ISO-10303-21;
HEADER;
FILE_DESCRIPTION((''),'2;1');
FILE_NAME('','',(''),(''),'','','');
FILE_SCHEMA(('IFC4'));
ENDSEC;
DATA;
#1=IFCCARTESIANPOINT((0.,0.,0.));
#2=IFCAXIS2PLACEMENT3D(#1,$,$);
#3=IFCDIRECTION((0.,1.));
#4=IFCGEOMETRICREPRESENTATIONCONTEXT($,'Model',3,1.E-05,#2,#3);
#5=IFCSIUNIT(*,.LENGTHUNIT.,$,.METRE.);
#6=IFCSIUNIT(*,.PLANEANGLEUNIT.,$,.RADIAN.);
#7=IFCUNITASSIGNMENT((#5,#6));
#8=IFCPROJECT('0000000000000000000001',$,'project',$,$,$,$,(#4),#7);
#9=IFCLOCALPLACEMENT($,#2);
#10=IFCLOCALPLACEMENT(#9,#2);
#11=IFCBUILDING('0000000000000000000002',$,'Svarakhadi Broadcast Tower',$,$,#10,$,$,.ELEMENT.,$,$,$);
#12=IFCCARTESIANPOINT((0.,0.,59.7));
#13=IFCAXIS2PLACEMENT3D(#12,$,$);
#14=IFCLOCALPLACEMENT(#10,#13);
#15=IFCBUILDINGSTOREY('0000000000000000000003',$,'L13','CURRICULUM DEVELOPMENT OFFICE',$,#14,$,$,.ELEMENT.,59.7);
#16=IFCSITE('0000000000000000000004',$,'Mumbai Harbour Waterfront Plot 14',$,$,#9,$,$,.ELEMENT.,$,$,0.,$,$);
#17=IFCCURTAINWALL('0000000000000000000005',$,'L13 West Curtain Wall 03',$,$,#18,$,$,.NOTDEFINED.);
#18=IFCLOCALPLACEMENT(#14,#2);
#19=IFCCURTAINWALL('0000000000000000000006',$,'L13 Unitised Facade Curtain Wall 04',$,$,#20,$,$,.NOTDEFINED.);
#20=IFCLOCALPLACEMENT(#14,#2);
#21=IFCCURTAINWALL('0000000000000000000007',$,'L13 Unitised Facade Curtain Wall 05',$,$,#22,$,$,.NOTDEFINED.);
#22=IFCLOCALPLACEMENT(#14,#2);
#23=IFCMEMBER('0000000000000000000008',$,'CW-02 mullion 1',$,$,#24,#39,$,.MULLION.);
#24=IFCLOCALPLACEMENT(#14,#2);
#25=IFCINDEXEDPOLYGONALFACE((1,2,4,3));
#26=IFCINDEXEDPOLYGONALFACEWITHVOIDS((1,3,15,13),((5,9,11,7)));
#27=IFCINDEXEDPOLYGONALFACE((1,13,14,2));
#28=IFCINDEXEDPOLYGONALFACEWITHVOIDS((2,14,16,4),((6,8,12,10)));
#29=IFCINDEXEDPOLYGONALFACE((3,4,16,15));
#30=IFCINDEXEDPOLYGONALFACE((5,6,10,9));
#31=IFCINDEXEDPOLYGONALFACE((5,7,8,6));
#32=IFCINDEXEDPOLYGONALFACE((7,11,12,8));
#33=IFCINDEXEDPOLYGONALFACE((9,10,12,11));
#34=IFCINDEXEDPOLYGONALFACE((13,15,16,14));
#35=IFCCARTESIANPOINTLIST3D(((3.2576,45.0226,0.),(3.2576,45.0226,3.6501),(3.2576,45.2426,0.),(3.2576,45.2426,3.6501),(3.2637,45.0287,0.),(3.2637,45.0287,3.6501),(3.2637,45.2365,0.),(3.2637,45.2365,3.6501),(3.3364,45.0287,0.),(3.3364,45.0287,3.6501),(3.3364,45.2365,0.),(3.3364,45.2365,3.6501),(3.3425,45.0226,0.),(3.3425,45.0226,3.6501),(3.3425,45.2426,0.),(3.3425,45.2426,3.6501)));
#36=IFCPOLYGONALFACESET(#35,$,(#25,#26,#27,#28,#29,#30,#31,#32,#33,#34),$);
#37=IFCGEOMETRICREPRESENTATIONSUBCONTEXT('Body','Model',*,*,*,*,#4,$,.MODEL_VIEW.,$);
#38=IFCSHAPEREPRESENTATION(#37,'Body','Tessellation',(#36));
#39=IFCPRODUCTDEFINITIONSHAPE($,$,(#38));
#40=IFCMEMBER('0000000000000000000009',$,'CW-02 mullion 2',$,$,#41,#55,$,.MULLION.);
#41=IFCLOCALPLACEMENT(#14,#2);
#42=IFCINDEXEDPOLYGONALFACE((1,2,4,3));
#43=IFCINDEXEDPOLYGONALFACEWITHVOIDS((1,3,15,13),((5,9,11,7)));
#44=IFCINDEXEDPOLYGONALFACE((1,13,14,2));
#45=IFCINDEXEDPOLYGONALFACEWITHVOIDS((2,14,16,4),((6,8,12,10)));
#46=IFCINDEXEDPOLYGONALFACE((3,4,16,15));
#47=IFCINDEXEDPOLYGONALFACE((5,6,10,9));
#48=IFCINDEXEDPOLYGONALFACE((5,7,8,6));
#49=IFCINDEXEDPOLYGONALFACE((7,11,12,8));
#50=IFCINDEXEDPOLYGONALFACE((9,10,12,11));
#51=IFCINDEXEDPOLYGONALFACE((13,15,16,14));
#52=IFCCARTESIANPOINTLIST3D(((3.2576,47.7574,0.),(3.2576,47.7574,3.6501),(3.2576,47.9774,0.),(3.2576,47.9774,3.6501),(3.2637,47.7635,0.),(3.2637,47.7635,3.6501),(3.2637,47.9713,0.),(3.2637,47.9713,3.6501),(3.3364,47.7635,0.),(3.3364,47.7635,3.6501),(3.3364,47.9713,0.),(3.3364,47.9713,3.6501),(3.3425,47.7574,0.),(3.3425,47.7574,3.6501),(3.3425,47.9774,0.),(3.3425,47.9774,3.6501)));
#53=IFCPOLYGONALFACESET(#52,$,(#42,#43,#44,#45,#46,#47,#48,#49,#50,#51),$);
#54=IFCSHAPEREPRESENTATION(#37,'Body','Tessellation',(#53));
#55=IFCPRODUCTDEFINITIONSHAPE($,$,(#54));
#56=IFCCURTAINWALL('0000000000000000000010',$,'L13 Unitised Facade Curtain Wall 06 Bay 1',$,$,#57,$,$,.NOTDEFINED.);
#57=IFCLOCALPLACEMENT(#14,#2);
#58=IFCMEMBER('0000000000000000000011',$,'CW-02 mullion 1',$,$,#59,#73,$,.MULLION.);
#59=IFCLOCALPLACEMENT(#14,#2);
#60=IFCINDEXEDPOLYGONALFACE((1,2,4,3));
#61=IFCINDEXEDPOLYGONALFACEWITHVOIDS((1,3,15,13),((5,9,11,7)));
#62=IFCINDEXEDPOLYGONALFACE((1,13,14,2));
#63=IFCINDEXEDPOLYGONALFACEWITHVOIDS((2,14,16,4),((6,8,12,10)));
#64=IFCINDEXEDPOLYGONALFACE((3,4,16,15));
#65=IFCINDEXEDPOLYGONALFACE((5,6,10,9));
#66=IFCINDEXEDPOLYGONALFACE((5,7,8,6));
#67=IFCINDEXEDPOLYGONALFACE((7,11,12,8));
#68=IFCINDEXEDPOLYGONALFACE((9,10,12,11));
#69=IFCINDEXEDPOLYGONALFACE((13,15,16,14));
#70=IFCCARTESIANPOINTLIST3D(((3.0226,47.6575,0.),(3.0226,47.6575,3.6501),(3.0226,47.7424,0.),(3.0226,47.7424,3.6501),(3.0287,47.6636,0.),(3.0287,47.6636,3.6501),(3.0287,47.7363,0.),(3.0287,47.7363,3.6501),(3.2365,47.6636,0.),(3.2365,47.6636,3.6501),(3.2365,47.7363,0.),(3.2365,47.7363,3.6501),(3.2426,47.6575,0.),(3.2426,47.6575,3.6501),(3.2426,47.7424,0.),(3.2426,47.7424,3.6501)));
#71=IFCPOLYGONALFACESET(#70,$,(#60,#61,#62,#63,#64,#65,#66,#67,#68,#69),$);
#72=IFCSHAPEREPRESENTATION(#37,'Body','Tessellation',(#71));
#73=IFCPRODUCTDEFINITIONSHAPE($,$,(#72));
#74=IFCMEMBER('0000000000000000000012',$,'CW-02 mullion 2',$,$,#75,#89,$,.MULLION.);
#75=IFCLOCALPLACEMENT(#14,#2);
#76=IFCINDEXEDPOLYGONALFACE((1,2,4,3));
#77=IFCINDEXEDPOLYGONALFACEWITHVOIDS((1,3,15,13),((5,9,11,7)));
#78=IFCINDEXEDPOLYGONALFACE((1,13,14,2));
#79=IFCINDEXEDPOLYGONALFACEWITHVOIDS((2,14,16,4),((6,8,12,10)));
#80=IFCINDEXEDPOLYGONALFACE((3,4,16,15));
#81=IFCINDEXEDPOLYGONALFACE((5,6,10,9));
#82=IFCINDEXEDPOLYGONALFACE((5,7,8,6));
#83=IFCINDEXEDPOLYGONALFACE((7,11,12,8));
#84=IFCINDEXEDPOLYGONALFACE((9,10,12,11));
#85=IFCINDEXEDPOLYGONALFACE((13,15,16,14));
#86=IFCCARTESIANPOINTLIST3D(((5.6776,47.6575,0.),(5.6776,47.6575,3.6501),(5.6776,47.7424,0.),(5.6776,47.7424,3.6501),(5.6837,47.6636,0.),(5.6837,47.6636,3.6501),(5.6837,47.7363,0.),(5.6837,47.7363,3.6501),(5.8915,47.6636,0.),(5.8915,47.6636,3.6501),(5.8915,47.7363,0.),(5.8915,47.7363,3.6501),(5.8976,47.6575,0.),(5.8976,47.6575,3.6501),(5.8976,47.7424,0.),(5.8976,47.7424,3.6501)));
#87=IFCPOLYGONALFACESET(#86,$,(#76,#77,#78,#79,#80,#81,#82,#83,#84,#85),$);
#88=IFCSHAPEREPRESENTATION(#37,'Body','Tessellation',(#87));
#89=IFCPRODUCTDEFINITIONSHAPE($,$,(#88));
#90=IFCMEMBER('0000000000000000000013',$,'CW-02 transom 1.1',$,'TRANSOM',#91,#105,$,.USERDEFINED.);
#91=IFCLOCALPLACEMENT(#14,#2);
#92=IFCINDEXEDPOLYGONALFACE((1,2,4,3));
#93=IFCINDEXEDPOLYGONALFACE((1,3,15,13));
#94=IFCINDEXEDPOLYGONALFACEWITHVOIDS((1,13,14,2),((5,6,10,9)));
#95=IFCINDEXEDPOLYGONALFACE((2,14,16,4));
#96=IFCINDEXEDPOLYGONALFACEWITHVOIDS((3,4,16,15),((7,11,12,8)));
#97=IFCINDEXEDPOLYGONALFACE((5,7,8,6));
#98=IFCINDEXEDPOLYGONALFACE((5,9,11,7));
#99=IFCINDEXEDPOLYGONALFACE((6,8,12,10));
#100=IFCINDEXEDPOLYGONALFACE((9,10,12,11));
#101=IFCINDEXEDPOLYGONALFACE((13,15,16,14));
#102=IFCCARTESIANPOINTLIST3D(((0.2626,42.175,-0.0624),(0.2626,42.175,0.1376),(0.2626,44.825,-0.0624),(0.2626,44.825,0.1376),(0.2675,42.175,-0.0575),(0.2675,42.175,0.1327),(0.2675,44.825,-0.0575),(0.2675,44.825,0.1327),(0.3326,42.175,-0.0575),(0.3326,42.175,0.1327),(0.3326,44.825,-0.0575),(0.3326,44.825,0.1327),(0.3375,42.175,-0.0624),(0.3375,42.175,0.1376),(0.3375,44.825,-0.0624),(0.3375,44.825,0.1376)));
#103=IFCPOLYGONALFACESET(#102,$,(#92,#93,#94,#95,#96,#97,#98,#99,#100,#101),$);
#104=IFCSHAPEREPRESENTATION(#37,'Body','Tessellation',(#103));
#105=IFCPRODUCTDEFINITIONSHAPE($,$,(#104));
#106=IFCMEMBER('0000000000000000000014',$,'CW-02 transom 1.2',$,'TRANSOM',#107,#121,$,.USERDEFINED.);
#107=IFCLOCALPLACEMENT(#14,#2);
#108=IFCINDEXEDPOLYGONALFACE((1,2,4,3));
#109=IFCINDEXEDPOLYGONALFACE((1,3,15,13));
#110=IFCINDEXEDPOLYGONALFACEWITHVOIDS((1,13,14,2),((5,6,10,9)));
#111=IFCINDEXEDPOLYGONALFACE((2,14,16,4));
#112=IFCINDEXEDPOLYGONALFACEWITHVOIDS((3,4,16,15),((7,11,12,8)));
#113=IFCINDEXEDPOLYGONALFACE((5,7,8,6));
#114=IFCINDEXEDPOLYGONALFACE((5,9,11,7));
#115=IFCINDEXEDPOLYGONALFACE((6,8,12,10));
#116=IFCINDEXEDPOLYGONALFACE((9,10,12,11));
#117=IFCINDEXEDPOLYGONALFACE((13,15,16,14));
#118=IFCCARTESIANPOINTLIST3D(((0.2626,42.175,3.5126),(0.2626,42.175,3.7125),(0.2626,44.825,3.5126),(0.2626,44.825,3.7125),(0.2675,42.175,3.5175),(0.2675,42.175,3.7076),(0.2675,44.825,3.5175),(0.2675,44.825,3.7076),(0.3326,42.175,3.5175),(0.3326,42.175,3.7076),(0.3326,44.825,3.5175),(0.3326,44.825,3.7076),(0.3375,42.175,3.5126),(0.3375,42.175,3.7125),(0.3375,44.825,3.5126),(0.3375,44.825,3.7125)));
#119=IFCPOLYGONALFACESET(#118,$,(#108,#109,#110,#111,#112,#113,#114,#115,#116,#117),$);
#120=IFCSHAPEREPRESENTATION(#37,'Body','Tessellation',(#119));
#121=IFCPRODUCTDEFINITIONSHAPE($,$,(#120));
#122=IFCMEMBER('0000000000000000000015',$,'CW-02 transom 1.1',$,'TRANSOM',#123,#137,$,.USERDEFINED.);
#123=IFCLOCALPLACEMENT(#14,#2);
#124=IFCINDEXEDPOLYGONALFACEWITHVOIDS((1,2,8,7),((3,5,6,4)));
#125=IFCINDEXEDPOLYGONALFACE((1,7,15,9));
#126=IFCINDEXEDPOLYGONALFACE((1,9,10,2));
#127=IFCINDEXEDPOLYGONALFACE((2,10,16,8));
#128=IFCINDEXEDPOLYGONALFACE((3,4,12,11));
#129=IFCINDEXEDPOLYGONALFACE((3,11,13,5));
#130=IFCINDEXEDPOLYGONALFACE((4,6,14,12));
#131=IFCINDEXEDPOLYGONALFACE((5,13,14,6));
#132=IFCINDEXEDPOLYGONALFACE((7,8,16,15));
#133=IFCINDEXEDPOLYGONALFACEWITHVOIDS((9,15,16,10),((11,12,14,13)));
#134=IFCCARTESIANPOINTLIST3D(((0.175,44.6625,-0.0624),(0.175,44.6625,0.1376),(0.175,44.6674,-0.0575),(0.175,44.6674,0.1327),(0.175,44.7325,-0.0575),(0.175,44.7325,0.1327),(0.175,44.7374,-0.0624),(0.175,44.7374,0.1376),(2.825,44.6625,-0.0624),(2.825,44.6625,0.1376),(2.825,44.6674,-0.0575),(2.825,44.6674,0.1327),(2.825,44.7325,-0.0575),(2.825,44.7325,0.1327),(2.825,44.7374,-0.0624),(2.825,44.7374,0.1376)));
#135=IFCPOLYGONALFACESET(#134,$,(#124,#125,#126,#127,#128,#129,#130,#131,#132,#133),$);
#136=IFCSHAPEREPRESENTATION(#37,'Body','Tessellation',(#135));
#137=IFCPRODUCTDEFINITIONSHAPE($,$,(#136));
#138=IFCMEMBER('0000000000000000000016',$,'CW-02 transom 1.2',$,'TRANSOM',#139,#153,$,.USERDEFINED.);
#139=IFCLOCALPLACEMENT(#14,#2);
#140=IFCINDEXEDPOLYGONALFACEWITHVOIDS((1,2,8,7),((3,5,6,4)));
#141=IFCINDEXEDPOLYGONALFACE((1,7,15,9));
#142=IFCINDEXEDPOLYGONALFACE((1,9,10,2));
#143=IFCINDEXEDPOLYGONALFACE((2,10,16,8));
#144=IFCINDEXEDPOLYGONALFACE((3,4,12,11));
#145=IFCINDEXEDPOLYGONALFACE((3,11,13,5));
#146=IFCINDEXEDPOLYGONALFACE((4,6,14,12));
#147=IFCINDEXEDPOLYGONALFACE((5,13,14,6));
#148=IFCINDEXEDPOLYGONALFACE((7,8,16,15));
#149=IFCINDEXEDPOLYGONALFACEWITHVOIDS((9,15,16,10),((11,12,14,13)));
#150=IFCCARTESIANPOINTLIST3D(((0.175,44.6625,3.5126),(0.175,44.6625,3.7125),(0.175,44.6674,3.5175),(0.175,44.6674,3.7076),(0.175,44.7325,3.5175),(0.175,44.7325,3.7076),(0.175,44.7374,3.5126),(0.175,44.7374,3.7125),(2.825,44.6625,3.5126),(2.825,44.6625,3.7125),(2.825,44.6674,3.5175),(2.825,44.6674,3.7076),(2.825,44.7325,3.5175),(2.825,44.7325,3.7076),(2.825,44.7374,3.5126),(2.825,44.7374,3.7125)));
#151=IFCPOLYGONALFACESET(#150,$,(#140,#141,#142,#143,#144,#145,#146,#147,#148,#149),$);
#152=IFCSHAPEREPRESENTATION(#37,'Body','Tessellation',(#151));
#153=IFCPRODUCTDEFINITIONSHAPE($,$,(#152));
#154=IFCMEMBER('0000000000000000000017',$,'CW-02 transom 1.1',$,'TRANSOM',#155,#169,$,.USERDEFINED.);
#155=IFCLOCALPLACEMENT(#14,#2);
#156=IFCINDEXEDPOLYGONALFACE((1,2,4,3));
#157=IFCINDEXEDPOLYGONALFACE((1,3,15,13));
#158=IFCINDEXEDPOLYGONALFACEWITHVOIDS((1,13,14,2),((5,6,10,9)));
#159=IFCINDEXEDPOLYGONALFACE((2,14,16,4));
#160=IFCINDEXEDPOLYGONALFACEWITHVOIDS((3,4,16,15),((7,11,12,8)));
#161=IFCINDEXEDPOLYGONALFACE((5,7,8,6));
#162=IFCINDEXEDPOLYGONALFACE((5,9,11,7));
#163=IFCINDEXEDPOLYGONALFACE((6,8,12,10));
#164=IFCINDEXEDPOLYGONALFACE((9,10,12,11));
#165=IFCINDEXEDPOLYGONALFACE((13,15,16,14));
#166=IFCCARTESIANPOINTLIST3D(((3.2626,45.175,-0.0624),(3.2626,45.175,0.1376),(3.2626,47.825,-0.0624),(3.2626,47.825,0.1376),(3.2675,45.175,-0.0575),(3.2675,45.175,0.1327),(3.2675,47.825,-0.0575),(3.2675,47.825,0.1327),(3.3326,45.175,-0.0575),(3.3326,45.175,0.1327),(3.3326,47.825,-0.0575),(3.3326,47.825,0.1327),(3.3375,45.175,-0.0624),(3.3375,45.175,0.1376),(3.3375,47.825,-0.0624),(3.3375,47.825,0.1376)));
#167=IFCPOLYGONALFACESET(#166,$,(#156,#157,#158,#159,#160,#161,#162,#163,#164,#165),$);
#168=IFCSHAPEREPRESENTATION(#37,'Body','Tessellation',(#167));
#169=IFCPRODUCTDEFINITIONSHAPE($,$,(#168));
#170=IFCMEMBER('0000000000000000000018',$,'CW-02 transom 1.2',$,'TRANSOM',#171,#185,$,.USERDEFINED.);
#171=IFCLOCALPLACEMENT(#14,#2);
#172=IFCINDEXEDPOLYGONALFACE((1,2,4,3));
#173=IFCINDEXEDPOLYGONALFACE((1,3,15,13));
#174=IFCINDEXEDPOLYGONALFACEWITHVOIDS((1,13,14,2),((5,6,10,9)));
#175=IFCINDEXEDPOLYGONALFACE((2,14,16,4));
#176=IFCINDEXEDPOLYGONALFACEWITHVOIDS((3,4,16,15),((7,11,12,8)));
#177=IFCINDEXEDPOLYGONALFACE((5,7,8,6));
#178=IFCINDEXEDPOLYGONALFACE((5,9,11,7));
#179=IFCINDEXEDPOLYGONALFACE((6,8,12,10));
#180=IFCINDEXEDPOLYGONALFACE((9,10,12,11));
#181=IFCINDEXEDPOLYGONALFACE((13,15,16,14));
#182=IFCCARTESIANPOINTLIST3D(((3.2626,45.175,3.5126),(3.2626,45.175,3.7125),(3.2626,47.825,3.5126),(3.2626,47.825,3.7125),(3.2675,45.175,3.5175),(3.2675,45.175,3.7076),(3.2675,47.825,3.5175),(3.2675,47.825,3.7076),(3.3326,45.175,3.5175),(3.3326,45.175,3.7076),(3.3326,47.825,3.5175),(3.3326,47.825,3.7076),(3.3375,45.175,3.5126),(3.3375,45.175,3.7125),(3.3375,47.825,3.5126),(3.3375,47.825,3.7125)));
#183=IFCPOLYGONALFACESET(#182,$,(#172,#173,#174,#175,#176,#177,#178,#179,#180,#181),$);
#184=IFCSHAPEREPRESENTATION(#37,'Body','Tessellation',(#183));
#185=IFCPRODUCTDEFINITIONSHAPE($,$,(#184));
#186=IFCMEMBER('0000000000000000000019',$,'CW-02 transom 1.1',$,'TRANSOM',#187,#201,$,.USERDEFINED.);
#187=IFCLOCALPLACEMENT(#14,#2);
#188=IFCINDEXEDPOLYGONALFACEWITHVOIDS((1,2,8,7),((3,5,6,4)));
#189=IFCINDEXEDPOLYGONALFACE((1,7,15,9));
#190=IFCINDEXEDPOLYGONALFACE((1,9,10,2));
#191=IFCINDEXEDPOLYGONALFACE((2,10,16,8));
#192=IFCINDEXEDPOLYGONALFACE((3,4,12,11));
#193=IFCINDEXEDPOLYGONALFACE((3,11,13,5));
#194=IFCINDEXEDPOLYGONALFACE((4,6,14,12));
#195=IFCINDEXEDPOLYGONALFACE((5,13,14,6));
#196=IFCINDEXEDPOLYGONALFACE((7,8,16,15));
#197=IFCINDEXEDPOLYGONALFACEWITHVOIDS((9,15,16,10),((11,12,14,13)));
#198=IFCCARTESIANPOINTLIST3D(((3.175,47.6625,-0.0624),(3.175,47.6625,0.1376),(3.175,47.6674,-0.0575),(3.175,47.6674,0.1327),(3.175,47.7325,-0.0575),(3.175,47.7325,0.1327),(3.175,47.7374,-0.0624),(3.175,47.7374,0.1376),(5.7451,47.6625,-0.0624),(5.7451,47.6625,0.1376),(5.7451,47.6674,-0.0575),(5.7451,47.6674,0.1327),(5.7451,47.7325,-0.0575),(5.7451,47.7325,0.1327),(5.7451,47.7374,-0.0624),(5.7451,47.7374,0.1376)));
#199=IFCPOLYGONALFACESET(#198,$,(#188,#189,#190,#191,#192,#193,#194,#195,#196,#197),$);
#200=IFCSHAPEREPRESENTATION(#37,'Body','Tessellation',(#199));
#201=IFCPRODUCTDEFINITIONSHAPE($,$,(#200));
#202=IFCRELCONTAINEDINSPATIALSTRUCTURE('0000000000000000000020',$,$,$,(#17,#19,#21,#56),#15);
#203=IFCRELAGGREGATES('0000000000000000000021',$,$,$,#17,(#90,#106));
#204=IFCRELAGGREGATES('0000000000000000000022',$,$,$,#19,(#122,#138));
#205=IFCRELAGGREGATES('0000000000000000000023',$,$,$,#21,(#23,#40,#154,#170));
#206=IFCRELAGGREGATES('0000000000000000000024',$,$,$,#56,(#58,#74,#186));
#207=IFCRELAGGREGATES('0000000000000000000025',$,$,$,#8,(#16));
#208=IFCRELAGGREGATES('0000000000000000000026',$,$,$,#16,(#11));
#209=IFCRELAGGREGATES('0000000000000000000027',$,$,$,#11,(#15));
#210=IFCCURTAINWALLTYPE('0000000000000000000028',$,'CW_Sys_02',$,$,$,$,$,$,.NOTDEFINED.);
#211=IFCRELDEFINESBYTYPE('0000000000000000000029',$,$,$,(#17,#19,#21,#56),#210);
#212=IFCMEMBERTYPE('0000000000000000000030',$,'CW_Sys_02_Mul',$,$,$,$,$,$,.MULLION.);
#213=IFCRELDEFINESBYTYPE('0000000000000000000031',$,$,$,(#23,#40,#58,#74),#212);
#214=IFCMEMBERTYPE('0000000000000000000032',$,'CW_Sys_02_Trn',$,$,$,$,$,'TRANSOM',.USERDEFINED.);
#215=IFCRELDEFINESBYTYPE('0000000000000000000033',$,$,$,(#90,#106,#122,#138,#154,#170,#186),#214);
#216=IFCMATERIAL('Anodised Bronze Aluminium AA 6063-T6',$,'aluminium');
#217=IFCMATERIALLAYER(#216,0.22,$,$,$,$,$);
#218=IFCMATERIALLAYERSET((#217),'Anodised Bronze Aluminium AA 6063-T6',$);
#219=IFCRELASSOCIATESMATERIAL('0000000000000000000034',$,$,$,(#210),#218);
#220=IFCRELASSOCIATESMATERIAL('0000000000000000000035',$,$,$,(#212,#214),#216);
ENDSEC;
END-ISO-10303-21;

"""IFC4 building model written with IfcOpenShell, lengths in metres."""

from ifc_helpers import new_model, si_unit, direction, frame, origin, origin_2d, place, context, subcontext, project, spatial, hollow_rectangle, extrude, material, layer, layer_set, material_profile, profile_set, type_object, element, aggregate, save


model = new_model("IFC4")

# Units and contexts
model_context = context("Model", 3, precision=1e-05, world=origin(), true_north=direction((0.0, 1.0)))
body_context = subcontext(model_context, "Body", "Model", "MODEL_VIEW")
ifc_project = project(units=[si_unit("LENGTHUNIT", "METRE"), si_unit("PLANEANGLEUNIT", "RADIAN")], contexts=[model_context])

# Site, building, storey
site_placement = place(None, origin())
site = spatial("IfcSite", under=ifc_project, at=site_placement, Name="Mumbai Harbour Waterfront Plot 14", CompositionType="ELEMENT", RefElevation=0.0)
building_placement = place(site_placement, origin())
building = spatial("IfcBuilding", under=site, at=building_placement, Name="Svarakhadi Broadcast Tower", CompositionType="ELEMENT")
storey_placement = place(building_placement, frame((0.0, 0.0, 59.7)))
storey = spatial("IfcBuildingStorey", under=building, at=storey_placement, Name="L13", Description="CURRICULUM DEVELOPMENT OFFICE", CompositionType="ELEMENT", Elevation=59.7)

# Curtain walls, members
ifc_material_1 = material(Name="Anodised Bronze Aluminium AA 6063-T6", Category="aluminium")
ifc_layer_1 = layer(ifc_material_1, 0.22)
ifc_layer_set_1 = layer_set([ifc_layer_1], Name="Anodised Bronze Aluminium AA 6063-T6")
curtain_wall_type = type_object("IfcCurtainWallType", Name="CW_Sys_02", PredefinedType="NOTDEFINED", material=ifc_layer_set_1)
curtain_wall_1_placement = place(storey_placement, origin())
curtain_wall_1 = element("IfcCurtainWall", 1, at=curtain_wall_1_placement, inside=storey, type_object=curtain_wall_type, Name="L13 West Curtain Wall 03", PredefinedType="NOTDEFINED")
ifc_material_profile_1 = material_profile(ifc_material_1, hollow_rectangle(XDim=0.085, YDim=0.22, WallThickness=0.0061, at=origin_2d()), Name="ALU MULLION 220x85x6")
ifc_profile_set_1 = profile_set([ifc_material_profile_1], Name="Anodised Bronze Aluminium AA 6063-T6")
member_type_1 = type_object("IfcMemberType", Name="CW_Sys_02_Mul", PredefinedType="MULLION", material=ifc_profile_set_1)
curtain_wall_2_placement = place(storey_placement, origin())
curtain_wall_2 = element("IfcCurtainWall", 2, at=curtain_wall_2_placement, inside=storey, type_object=curtain_wall_type, Name="L13 Unitised Facade Curtain Wall 04", PredefinedType="NOTDEFINED")
curtain_wall_3_placement = place(storey_placement, origin())
curtain_wall_3 = element("IfcCurtainWall", 3, at=curtain_wall_3_placement, inside=storey, type_object=curtain_wall_type, Name="L13 Unitised Facade Curtain Wall 05", PredefinedType="NOTDEFINED")
member_1_placement = place(storey_placement, frame((3.3, 45.1326, 0.0), z_axis=(0.0, 0.0, 1.0), x_axis=(-1.0, 0.0, 0.0)))
member_1 = element("IfcMember", 4, at=member_1_placement, type_object=member_type_1, Name="CW-02 mullion 1", PredefinedType="MULLION", context=body_context, shape_type="SweptSolid", body=[
    extrude(hollow_rectangle(XDim=0.085, YDim=0.22, WallThickness=0.0061, at=origin_2d()), origin(), (0.0, 0.0, 1.0), 3.6501),
])
member_2_placement = place(storey_placement, frame((3.3, 47.8674, 0.0), z_axis=(0.0, 0.0, 1.0), x_axis=(-1.0, 0.0, 0.0)))
member_2 = element("IfcMember", 5, at=member_2_placement, type_object=member_type_1, Name="CW-02 mullion 2", PredefinedType="MULLION", context=body_context, shape_type="SweptSolid", body=[
    extrude(hollow_rectangle(XDim=0.085, YDim=0.22, WallThickness=0.0061, at=origin_2d()), origin(), (0.0, 0.0, 1.0), 3.6501),
])
curtain_wall_4_placement = place(storey_placement, origin())
curtain_wall_4 = element("IfcCurtainWall", 6, at=curtain_wall_4_placement, inside=storey, type_object=curtain_wall_type, Name="L13 Unitised Facade Curtain Wall 06 Bay 1", PredefinedType="NOTDEFINED")
member_3_placement = place(storey_placement, frame((3.1326, 47.7, 0.0), z_axis=(0.0, 0.0, 1.0), x_axis=(0.0, 1.0, 0.0)))
member_3 = element("IfcMember", 7, at=member_3_placement, type_object=member_type_1, Name="CW-02 mullion 1", PredefinedType="MULLION", context=body_context, shape_type="SweptSolid", body=[
    extrude(hollow_rectangle(XDim=0.085, YDim=0.22, WallThickness=0.0061, at=origin_2d()), origin(), (0.0, 0.0, 1.0), 3.6501),
])
member_4_placement = place(storey_placement, frame((5.7876, 47.7, 0.0), z_axis=(0.0, 0.0, 1.0), x_axis=(0.0, 1.0, 0.0)))
member_4 = element("IfcMember", 8, at=member_4_placement, type_object=member_type_1, Name="CW-02 mullion 2", PredefinedType="MULLION", context=body_context, shape_type="SweptSolid", body=[
    extrude(hollow_rectangle(XDim=0.085, YDim=0.22, WallThickness=0.0061, at=origin_2d()), origin(), (0.0, 0.0, 1.0), 3.6501),
])

# Members
ifc_material_profile_2 = material_profile(ifc_material_1, hollow_rectangle(XDim=0.075, YDim=0.2, WallThickness=0.0049, at=origin_2d()), Name="ALU TRANSOM 200x75x5")
ifc_profile_set_2 = profile_set([ifc_material_profile_2], Name="Anodised Bronze Aluminium AA 6063-T6")
member_type_2 = type_object("IfcMemberType", Name="CW_Sys_02_Trn", ElementType="TRANSOM", PredefinedType="USERDEFINED", material=ifc_profile_set_2)
member_5_placement = place(storey_placement, frame((0.3, 42.175, 0.0376), z_axis=(0.0, 1.0, 0.0), x_axis=(-1.0, 0.0, 0.0)))
member_5 = element("IfcMember", 9, at=member_5_placement, type_object=member_type_2, Name="CW-02 transom 1.1", ObjectType="TRANSOM", PredefinedType="USERDEFINED", context=body_context, shape_type="SweptSolid", body=[
    extrude(hollow_rectangle(XDim=0.075, YDim=0.2, WallThickness=0.0049, at=origin_2d()), origin(), (0.0, 0.0, 1.0), 2.6499),
])
member_6_placement = place(storey_placement, frame((0.3, 42.175, 3.6125), z_axis=(0.0, 1.0, 0.0), x_axis=(-1.0, 0.0, 0.0)))
member_6 = element("IfcMember", 10, at=member_6_placement, type_object=member_type_2, Name="CW-02 transom 1.2", ObjectType="TRANSOM", PredefinedType="USERDEFINED", context=body_context, shape_type="SweptSolid", body=[
    extrude(hollow_rectangle(XDim=0.075, YDim=0.2, WallThickness=0.0049, at=origin_2d()), origin(), (0.0, 0.0, 1.0), 2.6499),
])
member_7_placement = place(storey_placement, frame((0.175, 44.7, 0.0376), z_axis=(1.0, 0.0, 0.0), x_axis=(0.0, 1.0, 0.0)))
member_7 = element("IfcMember", 11, at=member_7_placement, type_object=member_type_2, Name="CW-02 transom 1.1", ObjectType="TRANSOM", PredefinedType="USERDEFINED", context=body_context, shape_type="SweptSolid", body=[
    extrude(hollow_rectangle(XDim=0.075, YDim=0.2, WallThickness=0.0049, at=origin_2d()), origin(), (0.0, 0.0, 1.0), 2.6499),
])
member_8_placement = place(storey_placement, frame((0.175, 44.7, 3.6125), z_axis=(1.0, 0.0, 0.0), x_axis=(0.0, 1.0, 0.0)))
member_8 = element("IfcMember", 12, at=member_8_placement, type_object=member_type_2, Name="CW-02 transom 1.2", ObjectType="TRANSOM", PredefinedType="USERDEFINED", context=body_context, shape_type="SweptSolid", body=[
    extrude(hollow_rectangle(XDim=0.075, YDim=0.2, WallThickness=0.0049, at=origin_2d()), origin(), (0.0, 0.0, 1.0), 2.6499),
])
member_9_placement = place(storey_placement, frame((3.3, 45.175, 0.0376), z_axis=(0.0, 1.0, 0.0), x_axis=(-1.0, 0.0, 0.0)))
member_9 = element("IfcMember", 13, at=member_9_placement, type_object=member_type_2, Name="CW-02 transom 1.1", ObjectType="TRANSOM", PredefinedType="USERDEFINED", context=body_context, shape_type="SweptSolid", body=[
    extrude(hollow_rectangle(XDim=0.075, YDim=0.2, WallThickness=0.0049, at=origin_2d()), origin(), (0.0, 0.0, 1.0), 2.6499),
])
member_10_placement = place(storey_placement, frame((3.3, 45.175, 3.6125), z_axis=(0.0, 1.0, 0.0), x_axis=(-1.0, 0.0, 0.0)))
member_10 = element("IfcMember", 14, at=member_10_placement, type_object=member_type_2, Name="CW-02 transom 1.2", ObjectType="TRANSOM", PredefinedType="USERDEFINED", context=body_context, shape_type="SweptSolid", body=[
    extrude(hollow_rectangle(XDim=0.075, YDim=0.2, WallThickness=0.0049, at=origin_2d()), origin(), (0.0, 0.0, 1.0), 2.6499),
])
member_11_placement = place(storey_placement, frame((3.175, 47.7, 0.0376), z_axis=(1.0, 0.0, 0.0), x_axis=(0.0, 1.0, 0.0)))
member_11 = element("IfcMember", 15, at=member_11_placement, type_object=member_type_2, Name="CW-02 transom 1.1", ObjectType="TRANSOM", PredefinedType="USERDEFINED", context=body_context, shape_type="SweptSolid", body=[
    extrude(hollow_rectangle(XDim=0.075, YDim=0.2, WallThickness=0.0049, at=origin_2d()), origin(), (0.0, 0.0, 1.0), 2.5701),
])

aggregate(curtain_wall_1, [member_5, member_6])
aggregate(curtain_wall_2, [member_7, member_8])
aggregate(curtain_wall_3, [member_1, member_2, member_9, member_10])
aggregate(curtain_wall_4, [member_3, member_4, member_11])

save(model, "model.ifc")
